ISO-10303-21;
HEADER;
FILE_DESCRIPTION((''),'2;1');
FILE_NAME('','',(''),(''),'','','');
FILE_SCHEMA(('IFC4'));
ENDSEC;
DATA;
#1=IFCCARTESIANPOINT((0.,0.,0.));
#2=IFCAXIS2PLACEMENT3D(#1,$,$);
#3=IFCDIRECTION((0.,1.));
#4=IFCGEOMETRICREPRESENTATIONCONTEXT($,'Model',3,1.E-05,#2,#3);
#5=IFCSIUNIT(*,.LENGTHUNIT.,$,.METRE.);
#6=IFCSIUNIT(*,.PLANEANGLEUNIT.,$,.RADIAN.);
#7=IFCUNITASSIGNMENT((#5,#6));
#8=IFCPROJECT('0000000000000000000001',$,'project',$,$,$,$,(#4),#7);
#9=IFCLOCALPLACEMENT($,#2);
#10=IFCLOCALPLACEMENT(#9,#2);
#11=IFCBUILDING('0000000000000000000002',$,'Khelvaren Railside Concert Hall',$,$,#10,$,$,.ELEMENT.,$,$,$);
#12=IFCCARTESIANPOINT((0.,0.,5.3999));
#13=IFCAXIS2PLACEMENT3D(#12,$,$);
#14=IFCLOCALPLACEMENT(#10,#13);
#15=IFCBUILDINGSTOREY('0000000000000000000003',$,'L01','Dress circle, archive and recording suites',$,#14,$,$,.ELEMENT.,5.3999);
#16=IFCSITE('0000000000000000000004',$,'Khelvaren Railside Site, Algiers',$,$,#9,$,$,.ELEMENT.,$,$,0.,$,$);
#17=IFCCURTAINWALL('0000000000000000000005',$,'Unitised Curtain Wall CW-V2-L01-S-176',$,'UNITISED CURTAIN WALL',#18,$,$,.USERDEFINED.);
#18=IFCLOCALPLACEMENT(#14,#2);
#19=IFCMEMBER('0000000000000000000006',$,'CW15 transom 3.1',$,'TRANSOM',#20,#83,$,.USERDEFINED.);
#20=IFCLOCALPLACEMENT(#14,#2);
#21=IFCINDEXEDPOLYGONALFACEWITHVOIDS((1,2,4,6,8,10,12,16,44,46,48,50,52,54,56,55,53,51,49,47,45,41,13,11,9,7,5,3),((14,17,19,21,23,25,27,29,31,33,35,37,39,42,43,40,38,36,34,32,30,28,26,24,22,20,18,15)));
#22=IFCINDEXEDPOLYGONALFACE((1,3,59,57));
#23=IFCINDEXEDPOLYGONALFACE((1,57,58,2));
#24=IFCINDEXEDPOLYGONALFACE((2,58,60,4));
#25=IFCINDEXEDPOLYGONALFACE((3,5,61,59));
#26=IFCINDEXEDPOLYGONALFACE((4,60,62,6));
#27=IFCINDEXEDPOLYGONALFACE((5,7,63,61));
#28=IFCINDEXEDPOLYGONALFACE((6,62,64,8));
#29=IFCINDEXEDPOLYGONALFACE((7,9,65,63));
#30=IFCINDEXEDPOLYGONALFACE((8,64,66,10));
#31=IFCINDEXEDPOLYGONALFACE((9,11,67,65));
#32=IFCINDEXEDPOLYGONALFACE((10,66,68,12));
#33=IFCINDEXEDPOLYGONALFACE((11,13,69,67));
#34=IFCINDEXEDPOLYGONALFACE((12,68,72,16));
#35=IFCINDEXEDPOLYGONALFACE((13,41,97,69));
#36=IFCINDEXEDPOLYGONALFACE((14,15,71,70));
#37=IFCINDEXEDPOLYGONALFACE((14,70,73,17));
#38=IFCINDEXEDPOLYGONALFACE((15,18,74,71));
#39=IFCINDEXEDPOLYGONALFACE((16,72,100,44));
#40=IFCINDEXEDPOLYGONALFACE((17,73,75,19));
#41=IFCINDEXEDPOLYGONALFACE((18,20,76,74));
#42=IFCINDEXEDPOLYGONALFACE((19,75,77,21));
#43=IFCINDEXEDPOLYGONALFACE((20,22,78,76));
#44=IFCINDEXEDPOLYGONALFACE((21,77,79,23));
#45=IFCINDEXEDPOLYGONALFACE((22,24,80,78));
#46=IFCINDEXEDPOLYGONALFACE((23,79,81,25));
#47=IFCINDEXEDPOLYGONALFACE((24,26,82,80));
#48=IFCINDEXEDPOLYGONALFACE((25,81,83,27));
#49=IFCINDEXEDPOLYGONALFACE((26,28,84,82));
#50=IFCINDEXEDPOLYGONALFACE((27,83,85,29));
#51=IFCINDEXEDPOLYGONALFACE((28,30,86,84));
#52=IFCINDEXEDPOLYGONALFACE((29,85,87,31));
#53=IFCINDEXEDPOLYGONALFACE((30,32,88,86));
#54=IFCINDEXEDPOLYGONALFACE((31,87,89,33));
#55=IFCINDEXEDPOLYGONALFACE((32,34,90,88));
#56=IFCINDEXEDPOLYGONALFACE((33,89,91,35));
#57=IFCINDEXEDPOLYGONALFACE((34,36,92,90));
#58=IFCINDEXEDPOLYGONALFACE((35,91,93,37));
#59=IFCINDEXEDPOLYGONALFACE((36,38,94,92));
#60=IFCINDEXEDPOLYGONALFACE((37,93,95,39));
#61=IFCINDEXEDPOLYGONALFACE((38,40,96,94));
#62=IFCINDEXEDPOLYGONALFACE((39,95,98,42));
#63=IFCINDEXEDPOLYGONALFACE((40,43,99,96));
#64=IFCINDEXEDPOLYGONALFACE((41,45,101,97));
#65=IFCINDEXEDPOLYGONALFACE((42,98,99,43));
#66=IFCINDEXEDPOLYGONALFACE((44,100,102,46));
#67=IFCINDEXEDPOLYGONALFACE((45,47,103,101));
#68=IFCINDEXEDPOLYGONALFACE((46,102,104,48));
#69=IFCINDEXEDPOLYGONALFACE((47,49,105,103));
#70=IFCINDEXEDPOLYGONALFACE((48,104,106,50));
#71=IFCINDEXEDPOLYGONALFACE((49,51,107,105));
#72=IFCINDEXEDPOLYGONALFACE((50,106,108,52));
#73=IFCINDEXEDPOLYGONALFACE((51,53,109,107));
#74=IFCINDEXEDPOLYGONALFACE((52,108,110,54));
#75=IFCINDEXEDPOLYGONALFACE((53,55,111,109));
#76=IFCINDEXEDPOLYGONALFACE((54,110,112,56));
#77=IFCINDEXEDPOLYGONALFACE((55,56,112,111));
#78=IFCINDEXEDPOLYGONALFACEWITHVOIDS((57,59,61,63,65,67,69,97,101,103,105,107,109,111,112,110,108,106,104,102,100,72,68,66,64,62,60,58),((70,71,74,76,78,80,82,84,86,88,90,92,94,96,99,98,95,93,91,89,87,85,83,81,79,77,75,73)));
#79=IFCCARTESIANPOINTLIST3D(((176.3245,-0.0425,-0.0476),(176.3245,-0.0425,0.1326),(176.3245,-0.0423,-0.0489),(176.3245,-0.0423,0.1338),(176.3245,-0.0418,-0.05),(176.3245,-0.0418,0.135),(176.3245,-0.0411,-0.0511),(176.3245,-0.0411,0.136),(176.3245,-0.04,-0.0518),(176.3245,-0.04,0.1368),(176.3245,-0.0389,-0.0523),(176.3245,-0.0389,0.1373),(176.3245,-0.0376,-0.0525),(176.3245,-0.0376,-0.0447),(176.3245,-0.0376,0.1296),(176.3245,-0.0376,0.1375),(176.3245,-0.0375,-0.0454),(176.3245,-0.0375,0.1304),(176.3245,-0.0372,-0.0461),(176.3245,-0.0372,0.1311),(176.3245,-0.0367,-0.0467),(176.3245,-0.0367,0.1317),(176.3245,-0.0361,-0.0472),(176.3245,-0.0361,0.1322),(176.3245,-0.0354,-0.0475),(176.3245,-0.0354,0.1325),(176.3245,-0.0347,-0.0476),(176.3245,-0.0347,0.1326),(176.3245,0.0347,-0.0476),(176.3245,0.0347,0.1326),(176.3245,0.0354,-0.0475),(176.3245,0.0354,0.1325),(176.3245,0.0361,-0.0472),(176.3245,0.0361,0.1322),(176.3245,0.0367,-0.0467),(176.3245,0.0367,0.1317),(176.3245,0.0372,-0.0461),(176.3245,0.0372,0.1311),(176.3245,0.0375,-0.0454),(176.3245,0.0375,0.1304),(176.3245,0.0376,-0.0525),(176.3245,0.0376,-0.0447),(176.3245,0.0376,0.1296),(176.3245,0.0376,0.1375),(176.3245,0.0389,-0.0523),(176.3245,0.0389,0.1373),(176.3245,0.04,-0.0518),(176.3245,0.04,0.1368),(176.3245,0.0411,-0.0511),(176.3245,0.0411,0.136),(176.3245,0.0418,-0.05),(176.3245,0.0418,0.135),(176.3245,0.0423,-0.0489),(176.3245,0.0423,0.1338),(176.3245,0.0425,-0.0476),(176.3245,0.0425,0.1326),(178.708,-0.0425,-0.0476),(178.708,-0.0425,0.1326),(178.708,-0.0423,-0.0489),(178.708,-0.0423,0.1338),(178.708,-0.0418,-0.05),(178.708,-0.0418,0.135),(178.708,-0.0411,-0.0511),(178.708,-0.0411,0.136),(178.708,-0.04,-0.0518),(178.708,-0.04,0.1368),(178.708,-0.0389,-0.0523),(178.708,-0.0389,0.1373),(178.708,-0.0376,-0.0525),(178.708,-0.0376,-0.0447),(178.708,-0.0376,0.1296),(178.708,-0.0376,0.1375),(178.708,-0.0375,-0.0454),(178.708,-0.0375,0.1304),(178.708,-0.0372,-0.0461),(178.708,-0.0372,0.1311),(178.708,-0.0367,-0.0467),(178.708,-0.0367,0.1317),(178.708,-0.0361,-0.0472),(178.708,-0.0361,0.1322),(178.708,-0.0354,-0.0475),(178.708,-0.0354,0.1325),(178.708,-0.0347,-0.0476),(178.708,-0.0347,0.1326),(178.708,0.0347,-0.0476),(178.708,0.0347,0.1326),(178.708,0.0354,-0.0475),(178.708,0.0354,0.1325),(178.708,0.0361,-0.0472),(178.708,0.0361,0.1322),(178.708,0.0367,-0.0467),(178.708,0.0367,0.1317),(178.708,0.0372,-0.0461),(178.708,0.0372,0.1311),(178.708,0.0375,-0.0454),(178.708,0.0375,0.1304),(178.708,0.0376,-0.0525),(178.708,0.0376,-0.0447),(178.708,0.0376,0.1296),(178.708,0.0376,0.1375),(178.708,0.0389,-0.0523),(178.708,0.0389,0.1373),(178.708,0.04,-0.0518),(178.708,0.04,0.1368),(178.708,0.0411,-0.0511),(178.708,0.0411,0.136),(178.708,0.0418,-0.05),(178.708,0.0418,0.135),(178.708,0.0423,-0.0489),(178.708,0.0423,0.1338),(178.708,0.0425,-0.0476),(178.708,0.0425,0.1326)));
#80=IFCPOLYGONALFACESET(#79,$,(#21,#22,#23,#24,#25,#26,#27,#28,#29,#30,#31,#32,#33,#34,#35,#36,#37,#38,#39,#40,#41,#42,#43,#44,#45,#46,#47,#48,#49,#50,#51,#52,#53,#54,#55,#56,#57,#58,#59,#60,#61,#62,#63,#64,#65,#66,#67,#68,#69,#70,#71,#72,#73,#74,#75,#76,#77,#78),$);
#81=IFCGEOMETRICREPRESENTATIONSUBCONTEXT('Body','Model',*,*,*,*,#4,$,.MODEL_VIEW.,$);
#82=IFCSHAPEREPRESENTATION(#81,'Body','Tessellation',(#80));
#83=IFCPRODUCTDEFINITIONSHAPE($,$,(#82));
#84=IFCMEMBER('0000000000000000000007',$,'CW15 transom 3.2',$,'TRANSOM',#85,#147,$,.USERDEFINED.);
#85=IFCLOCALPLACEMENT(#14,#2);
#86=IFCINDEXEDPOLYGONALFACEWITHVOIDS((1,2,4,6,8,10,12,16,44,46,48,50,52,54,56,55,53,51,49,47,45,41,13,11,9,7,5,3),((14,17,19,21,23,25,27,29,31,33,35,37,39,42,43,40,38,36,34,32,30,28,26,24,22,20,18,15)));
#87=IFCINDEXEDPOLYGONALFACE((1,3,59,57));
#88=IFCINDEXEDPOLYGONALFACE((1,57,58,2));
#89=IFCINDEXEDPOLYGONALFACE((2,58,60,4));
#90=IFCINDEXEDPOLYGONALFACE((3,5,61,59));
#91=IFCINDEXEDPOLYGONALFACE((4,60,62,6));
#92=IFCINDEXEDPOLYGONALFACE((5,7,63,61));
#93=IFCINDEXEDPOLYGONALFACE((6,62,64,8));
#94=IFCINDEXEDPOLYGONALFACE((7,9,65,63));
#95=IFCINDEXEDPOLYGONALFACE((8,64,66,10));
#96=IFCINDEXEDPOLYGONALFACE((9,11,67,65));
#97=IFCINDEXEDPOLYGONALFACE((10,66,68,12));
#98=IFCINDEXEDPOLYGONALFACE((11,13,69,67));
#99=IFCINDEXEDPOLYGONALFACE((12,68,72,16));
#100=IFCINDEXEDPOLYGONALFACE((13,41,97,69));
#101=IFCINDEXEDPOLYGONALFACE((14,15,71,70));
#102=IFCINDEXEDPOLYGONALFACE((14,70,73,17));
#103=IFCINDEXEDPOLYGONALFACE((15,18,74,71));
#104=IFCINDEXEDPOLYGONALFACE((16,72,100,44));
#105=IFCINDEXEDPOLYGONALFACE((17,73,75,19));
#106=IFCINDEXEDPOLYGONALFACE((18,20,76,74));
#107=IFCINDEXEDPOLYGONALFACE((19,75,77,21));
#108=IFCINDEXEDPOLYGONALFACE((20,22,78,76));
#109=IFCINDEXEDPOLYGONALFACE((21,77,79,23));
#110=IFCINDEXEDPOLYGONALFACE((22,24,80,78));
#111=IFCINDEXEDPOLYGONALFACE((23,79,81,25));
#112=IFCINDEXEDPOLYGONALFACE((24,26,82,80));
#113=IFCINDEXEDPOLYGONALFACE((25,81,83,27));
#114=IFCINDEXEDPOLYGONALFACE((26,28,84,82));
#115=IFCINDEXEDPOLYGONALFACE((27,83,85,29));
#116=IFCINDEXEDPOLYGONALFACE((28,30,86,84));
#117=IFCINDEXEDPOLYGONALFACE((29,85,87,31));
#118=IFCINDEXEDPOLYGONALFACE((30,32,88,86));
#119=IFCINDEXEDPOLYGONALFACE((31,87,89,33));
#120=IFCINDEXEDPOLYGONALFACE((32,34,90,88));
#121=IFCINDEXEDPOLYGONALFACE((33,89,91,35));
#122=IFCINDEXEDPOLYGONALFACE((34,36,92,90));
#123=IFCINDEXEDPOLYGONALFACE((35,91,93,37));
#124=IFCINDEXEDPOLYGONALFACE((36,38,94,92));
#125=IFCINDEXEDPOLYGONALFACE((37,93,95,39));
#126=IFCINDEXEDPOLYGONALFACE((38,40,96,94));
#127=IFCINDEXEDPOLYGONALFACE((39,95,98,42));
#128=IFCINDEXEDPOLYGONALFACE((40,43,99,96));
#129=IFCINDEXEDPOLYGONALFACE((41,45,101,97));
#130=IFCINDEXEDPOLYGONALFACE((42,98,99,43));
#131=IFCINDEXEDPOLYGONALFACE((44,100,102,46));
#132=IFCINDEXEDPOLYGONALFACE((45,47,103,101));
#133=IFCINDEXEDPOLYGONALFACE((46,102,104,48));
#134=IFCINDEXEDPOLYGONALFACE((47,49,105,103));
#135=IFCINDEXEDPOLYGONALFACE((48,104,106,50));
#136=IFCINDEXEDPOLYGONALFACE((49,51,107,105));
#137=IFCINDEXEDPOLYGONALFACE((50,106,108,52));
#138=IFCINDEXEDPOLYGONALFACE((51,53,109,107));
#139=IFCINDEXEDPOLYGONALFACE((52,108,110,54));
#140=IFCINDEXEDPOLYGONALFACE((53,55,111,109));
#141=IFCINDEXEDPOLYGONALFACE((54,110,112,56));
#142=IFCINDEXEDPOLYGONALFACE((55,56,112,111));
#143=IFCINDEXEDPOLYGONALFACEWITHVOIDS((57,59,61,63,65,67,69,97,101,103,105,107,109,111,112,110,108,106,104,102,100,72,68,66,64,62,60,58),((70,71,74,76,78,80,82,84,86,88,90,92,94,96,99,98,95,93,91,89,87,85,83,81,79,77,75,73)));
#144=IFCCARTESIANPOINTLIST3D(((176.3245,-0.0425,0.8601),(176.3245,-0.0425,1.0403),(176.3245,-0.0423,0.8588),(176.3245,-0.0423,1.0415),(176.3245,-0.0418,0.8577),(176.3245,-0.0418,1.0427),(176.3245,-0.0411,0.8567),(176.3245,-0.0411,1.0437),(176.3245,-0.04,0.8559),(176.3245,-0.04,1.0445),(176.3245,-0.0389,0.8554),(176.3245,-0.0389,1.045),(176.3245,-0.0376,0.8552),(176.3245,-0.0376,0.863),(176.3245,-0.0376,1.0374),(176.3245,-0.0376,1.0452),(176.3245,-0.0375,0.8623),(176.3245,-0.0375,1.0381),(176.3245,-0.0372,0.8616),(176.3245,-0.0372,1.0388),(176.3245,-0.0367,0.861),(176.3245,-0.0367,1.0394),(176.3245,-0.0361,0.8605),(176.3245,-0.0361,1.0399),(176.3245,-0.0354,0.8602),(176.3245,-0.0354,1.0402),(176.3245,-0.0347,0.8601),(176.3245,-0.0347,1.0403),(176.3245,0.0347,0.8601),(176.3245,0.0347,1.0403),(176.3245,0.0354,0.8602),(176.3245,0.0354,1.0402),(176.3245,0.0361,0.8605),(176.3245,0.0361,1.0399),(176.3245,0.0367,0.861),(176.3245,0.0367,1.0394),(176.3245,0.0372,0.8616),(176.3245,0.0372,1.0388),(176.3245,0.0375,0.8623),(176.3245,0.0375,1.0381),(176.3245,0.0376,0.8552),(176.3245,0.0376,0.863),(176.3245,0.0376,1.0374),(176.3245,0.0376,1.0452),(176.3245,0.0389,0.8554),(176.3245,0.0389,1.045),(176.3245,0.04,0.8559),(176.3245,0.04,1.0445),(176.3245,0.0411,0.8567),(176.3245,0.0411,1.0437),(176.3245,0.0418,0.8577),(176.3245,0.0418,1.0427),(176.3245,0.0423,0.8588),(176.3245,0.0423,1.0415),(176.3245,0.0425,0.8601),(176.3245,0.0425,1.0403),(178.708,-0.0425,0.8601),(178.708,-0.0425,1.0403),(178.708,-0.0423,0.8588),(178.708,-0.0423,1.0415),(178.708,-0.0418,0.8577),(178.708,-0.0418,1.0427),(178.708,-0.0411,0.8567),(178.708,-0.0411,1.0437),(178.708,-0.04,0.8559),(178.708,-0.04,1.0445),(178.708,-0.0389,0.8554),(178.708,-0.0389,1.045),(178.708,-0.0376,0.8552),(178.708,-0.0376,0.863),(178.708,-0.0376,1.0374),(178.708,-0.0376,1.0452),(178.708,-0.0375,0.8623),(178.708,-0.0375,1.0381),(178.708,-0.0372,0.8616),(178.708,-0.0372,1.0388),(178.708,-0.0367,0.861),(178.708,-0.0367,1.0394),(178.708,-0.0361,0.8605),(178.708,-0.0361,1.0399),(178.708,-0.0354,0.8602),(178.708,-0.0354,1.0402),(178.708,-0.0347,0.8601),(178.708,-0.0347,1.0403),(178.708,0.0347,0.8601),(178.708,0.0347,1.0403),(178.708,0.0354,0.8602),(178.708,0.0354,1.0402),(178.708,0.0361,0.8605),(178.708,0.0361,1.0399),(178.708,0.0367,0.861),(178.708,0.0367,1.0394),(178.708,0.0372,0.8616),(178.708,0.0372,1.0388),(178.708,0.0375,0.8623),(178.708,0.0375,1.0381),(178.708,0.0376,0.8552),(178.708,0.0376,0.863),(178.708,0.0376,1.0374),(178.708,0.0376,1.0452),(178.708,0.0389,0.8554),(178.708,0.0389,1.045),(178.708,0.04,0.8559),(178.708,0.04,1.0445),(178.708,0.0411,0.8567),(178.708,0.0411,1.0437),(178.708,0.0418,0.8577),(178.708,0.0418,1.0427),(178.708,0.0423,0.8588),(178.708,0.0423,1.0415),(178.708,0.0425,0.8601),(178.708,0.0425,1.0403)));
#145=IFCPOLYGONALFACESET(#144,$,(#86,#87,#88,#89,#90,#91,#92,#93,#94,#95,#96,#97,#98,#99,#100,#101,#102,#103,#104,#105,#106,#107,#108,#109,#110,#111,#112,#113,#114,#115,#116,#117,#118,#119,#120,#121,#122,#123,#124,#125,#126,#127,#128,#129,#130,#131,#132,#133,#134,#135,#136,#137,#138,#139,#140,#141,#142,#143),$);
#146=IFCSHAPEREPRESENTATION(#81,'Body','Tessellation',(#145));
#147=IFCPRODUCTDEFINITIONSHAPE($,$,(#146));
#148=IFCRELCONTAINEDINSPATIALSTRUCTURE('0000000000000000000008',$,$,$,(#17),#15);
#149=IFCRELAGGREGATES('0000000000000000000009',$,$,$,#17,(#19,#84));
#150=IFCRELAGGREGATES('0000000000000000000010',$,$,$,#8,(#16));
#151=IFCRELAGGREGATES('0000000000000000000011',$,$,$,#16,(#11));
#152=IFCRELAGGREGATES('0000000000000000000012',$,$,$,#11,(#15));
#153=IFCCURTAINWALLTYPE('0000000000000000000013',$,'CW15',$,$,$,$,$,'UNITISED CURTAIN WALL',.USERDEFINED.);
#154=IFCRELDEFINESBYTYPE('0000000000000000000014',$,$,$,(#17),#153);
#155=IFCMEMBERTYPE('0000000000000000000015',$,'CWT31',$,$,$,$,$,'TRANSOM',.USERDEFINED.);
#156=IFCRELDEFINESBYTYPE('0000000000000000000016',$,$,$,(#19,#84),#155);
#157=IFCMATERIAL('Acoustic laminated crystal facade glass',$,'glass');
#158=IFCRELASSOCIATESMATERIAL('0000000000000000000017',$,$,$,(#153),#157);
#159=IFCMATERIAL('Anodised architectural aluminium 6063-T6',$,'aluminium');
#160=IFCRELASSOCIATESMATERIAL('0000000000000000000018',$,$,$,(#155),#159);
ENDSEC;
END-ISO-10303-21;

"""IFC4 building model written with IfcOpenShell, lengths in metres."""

from ifc_helpers import new_model, si_unit, direction, frame, origin, origin_2d, place, context, subcontext, project, spatial, hollow_rectangle, extrude, material, material_profile, profile_set, type_object, element, aggregate, save


model = new_model("IFC4")

# Units and contexts
model_context = context("Model", 3, precision=1e-05, world=origin(), true_north=direction((0.0, 1.0)))
body_context = subcontext(model_context, "Body", "Model", "MODEL_VIEW")
ifc_project = project(units=[si_unit("LENGTHUNIT", "METRE"), si_unit("PLANEANGLEUNIT", "RADIAN")], contexts=[model_context])

# Site, building, storey
site_placement = place(None, origin())
site = spatial("IfcSite", under=ifc_project, at=site_placement, Name="Khelvaren Railside Site, Algiers", CompositionType="ELEMENT", RefElevation=0.0)
building_placement = place(site_placement, origin())
building = spatial("IfcBuilding", under=site, at=building_placement, Name="Khelvaren Railside Concert Hall", CompositionType="ELEMENT")
storey_placement = place(building_placement, frame((0.0, 0.0, 5.3999)))
storey = spatial("IfcBuildingStorey", under=building, at=storey_placement, Name="L01", Description="Dress circle, archive and recording suites", CompositionType="ELEMENT", Elevation=5.3999)

# Curtain wall, members
ifc_material_1 = material(Name="Acoustic laminated crystal facade glass", Category="glass")
curtain_wall_type = type_object("IfcCurtainWallType", Name="CW15", ElementType="UNITISED CURTAIN WALL", PredefinedType="USERDEFINED", material=ifc_material_1)
curtain_wall_placement = place(storey_placement, origin())
curtain_wall = element("IfcCurtainWall", 1, at=curtain_wall_placement, inside=storey, type_object=curtain_wall_type, Name="Unitised Curtain Wall CW-V2-L01-S-176", ObjectType="UNITISED CURTAIN WALL", PredefinedType="USERDEFINED")
ifc_material_2 = material(Name="Anodised architectural aluminium 6063-T6", Category="aluminium")
ifc_material_profile_1 = material_profile(ifc_material_2, hollow_rectangle(XDim=0.085, YDim=0.1899, WallThickness=0.0049, InnerFilletRadius=0.0029, OuterFilletRadius=0.0049, at=origin_2d()), Name="CWT 85x190x5")
ifc_profile_set_1 = profile_set([ifc_material_profile_1], Name="Anodised architectural aluminium 6063-T6")
member_type_1 = type_object("IfcMemberType", Name="CWT31", ElementType="TRANSOM", PredefinedType="USERDEFINED", material=ifc_profile_set_1)
member_1_placement = place(storey_placement, frame((178.708, 0.0, 0.0425), z_axis=(-1.0, 0.0, 0.0), x_axis=(0.0, -1.0, 0.0)))
member_1 = element("IfcMember", 2, at=member_1_placement, type_object=member_type_1, Name="CW15 transom 3.1", ObjectType="TRANSOM", PredefinedType="USERDEFINED", context=body_context, shape_type="SweptSolid", body=[
    extrude(hollow_rectangle(XDim=0.085, YDim=0.1899, WallThickness=0.0049, InnerFilletRadius=0.0029, OuterFilletRadius=0.0049, at=origin_2d()), origin(), (0.0, 0.0, 1.0), 2.3835),
])
member_2_placement = place(storey_placement, frame((178.708, 0.0, 0.9502), z_axis=(-1.0, 0.0, 0.0), x_axis=(0.0, -1.0, 0.0)))
member_2 = element("IfcMember", 3, at=member_2_placement, type_object=member_type_1, Name="CW15 transom 3.2", ObjectType="TRANSOM", PredefinedType="USERDEFINED", context=body_context, shape_type="SweptSolid", body=[
    extrude(hollow_rectangle(XDim=0.085, YDim=0.1899, WallThickness=0.0049, InnerFilletRadius=0.0029, OuterFilletRadius=0.0049, at=origin_2d()), origin(), (0.0, 0.0, 1.0), 2.3835),
])

aggregate(curtain_wall, [member_1, member_2])

save(model, "model.ifc")
